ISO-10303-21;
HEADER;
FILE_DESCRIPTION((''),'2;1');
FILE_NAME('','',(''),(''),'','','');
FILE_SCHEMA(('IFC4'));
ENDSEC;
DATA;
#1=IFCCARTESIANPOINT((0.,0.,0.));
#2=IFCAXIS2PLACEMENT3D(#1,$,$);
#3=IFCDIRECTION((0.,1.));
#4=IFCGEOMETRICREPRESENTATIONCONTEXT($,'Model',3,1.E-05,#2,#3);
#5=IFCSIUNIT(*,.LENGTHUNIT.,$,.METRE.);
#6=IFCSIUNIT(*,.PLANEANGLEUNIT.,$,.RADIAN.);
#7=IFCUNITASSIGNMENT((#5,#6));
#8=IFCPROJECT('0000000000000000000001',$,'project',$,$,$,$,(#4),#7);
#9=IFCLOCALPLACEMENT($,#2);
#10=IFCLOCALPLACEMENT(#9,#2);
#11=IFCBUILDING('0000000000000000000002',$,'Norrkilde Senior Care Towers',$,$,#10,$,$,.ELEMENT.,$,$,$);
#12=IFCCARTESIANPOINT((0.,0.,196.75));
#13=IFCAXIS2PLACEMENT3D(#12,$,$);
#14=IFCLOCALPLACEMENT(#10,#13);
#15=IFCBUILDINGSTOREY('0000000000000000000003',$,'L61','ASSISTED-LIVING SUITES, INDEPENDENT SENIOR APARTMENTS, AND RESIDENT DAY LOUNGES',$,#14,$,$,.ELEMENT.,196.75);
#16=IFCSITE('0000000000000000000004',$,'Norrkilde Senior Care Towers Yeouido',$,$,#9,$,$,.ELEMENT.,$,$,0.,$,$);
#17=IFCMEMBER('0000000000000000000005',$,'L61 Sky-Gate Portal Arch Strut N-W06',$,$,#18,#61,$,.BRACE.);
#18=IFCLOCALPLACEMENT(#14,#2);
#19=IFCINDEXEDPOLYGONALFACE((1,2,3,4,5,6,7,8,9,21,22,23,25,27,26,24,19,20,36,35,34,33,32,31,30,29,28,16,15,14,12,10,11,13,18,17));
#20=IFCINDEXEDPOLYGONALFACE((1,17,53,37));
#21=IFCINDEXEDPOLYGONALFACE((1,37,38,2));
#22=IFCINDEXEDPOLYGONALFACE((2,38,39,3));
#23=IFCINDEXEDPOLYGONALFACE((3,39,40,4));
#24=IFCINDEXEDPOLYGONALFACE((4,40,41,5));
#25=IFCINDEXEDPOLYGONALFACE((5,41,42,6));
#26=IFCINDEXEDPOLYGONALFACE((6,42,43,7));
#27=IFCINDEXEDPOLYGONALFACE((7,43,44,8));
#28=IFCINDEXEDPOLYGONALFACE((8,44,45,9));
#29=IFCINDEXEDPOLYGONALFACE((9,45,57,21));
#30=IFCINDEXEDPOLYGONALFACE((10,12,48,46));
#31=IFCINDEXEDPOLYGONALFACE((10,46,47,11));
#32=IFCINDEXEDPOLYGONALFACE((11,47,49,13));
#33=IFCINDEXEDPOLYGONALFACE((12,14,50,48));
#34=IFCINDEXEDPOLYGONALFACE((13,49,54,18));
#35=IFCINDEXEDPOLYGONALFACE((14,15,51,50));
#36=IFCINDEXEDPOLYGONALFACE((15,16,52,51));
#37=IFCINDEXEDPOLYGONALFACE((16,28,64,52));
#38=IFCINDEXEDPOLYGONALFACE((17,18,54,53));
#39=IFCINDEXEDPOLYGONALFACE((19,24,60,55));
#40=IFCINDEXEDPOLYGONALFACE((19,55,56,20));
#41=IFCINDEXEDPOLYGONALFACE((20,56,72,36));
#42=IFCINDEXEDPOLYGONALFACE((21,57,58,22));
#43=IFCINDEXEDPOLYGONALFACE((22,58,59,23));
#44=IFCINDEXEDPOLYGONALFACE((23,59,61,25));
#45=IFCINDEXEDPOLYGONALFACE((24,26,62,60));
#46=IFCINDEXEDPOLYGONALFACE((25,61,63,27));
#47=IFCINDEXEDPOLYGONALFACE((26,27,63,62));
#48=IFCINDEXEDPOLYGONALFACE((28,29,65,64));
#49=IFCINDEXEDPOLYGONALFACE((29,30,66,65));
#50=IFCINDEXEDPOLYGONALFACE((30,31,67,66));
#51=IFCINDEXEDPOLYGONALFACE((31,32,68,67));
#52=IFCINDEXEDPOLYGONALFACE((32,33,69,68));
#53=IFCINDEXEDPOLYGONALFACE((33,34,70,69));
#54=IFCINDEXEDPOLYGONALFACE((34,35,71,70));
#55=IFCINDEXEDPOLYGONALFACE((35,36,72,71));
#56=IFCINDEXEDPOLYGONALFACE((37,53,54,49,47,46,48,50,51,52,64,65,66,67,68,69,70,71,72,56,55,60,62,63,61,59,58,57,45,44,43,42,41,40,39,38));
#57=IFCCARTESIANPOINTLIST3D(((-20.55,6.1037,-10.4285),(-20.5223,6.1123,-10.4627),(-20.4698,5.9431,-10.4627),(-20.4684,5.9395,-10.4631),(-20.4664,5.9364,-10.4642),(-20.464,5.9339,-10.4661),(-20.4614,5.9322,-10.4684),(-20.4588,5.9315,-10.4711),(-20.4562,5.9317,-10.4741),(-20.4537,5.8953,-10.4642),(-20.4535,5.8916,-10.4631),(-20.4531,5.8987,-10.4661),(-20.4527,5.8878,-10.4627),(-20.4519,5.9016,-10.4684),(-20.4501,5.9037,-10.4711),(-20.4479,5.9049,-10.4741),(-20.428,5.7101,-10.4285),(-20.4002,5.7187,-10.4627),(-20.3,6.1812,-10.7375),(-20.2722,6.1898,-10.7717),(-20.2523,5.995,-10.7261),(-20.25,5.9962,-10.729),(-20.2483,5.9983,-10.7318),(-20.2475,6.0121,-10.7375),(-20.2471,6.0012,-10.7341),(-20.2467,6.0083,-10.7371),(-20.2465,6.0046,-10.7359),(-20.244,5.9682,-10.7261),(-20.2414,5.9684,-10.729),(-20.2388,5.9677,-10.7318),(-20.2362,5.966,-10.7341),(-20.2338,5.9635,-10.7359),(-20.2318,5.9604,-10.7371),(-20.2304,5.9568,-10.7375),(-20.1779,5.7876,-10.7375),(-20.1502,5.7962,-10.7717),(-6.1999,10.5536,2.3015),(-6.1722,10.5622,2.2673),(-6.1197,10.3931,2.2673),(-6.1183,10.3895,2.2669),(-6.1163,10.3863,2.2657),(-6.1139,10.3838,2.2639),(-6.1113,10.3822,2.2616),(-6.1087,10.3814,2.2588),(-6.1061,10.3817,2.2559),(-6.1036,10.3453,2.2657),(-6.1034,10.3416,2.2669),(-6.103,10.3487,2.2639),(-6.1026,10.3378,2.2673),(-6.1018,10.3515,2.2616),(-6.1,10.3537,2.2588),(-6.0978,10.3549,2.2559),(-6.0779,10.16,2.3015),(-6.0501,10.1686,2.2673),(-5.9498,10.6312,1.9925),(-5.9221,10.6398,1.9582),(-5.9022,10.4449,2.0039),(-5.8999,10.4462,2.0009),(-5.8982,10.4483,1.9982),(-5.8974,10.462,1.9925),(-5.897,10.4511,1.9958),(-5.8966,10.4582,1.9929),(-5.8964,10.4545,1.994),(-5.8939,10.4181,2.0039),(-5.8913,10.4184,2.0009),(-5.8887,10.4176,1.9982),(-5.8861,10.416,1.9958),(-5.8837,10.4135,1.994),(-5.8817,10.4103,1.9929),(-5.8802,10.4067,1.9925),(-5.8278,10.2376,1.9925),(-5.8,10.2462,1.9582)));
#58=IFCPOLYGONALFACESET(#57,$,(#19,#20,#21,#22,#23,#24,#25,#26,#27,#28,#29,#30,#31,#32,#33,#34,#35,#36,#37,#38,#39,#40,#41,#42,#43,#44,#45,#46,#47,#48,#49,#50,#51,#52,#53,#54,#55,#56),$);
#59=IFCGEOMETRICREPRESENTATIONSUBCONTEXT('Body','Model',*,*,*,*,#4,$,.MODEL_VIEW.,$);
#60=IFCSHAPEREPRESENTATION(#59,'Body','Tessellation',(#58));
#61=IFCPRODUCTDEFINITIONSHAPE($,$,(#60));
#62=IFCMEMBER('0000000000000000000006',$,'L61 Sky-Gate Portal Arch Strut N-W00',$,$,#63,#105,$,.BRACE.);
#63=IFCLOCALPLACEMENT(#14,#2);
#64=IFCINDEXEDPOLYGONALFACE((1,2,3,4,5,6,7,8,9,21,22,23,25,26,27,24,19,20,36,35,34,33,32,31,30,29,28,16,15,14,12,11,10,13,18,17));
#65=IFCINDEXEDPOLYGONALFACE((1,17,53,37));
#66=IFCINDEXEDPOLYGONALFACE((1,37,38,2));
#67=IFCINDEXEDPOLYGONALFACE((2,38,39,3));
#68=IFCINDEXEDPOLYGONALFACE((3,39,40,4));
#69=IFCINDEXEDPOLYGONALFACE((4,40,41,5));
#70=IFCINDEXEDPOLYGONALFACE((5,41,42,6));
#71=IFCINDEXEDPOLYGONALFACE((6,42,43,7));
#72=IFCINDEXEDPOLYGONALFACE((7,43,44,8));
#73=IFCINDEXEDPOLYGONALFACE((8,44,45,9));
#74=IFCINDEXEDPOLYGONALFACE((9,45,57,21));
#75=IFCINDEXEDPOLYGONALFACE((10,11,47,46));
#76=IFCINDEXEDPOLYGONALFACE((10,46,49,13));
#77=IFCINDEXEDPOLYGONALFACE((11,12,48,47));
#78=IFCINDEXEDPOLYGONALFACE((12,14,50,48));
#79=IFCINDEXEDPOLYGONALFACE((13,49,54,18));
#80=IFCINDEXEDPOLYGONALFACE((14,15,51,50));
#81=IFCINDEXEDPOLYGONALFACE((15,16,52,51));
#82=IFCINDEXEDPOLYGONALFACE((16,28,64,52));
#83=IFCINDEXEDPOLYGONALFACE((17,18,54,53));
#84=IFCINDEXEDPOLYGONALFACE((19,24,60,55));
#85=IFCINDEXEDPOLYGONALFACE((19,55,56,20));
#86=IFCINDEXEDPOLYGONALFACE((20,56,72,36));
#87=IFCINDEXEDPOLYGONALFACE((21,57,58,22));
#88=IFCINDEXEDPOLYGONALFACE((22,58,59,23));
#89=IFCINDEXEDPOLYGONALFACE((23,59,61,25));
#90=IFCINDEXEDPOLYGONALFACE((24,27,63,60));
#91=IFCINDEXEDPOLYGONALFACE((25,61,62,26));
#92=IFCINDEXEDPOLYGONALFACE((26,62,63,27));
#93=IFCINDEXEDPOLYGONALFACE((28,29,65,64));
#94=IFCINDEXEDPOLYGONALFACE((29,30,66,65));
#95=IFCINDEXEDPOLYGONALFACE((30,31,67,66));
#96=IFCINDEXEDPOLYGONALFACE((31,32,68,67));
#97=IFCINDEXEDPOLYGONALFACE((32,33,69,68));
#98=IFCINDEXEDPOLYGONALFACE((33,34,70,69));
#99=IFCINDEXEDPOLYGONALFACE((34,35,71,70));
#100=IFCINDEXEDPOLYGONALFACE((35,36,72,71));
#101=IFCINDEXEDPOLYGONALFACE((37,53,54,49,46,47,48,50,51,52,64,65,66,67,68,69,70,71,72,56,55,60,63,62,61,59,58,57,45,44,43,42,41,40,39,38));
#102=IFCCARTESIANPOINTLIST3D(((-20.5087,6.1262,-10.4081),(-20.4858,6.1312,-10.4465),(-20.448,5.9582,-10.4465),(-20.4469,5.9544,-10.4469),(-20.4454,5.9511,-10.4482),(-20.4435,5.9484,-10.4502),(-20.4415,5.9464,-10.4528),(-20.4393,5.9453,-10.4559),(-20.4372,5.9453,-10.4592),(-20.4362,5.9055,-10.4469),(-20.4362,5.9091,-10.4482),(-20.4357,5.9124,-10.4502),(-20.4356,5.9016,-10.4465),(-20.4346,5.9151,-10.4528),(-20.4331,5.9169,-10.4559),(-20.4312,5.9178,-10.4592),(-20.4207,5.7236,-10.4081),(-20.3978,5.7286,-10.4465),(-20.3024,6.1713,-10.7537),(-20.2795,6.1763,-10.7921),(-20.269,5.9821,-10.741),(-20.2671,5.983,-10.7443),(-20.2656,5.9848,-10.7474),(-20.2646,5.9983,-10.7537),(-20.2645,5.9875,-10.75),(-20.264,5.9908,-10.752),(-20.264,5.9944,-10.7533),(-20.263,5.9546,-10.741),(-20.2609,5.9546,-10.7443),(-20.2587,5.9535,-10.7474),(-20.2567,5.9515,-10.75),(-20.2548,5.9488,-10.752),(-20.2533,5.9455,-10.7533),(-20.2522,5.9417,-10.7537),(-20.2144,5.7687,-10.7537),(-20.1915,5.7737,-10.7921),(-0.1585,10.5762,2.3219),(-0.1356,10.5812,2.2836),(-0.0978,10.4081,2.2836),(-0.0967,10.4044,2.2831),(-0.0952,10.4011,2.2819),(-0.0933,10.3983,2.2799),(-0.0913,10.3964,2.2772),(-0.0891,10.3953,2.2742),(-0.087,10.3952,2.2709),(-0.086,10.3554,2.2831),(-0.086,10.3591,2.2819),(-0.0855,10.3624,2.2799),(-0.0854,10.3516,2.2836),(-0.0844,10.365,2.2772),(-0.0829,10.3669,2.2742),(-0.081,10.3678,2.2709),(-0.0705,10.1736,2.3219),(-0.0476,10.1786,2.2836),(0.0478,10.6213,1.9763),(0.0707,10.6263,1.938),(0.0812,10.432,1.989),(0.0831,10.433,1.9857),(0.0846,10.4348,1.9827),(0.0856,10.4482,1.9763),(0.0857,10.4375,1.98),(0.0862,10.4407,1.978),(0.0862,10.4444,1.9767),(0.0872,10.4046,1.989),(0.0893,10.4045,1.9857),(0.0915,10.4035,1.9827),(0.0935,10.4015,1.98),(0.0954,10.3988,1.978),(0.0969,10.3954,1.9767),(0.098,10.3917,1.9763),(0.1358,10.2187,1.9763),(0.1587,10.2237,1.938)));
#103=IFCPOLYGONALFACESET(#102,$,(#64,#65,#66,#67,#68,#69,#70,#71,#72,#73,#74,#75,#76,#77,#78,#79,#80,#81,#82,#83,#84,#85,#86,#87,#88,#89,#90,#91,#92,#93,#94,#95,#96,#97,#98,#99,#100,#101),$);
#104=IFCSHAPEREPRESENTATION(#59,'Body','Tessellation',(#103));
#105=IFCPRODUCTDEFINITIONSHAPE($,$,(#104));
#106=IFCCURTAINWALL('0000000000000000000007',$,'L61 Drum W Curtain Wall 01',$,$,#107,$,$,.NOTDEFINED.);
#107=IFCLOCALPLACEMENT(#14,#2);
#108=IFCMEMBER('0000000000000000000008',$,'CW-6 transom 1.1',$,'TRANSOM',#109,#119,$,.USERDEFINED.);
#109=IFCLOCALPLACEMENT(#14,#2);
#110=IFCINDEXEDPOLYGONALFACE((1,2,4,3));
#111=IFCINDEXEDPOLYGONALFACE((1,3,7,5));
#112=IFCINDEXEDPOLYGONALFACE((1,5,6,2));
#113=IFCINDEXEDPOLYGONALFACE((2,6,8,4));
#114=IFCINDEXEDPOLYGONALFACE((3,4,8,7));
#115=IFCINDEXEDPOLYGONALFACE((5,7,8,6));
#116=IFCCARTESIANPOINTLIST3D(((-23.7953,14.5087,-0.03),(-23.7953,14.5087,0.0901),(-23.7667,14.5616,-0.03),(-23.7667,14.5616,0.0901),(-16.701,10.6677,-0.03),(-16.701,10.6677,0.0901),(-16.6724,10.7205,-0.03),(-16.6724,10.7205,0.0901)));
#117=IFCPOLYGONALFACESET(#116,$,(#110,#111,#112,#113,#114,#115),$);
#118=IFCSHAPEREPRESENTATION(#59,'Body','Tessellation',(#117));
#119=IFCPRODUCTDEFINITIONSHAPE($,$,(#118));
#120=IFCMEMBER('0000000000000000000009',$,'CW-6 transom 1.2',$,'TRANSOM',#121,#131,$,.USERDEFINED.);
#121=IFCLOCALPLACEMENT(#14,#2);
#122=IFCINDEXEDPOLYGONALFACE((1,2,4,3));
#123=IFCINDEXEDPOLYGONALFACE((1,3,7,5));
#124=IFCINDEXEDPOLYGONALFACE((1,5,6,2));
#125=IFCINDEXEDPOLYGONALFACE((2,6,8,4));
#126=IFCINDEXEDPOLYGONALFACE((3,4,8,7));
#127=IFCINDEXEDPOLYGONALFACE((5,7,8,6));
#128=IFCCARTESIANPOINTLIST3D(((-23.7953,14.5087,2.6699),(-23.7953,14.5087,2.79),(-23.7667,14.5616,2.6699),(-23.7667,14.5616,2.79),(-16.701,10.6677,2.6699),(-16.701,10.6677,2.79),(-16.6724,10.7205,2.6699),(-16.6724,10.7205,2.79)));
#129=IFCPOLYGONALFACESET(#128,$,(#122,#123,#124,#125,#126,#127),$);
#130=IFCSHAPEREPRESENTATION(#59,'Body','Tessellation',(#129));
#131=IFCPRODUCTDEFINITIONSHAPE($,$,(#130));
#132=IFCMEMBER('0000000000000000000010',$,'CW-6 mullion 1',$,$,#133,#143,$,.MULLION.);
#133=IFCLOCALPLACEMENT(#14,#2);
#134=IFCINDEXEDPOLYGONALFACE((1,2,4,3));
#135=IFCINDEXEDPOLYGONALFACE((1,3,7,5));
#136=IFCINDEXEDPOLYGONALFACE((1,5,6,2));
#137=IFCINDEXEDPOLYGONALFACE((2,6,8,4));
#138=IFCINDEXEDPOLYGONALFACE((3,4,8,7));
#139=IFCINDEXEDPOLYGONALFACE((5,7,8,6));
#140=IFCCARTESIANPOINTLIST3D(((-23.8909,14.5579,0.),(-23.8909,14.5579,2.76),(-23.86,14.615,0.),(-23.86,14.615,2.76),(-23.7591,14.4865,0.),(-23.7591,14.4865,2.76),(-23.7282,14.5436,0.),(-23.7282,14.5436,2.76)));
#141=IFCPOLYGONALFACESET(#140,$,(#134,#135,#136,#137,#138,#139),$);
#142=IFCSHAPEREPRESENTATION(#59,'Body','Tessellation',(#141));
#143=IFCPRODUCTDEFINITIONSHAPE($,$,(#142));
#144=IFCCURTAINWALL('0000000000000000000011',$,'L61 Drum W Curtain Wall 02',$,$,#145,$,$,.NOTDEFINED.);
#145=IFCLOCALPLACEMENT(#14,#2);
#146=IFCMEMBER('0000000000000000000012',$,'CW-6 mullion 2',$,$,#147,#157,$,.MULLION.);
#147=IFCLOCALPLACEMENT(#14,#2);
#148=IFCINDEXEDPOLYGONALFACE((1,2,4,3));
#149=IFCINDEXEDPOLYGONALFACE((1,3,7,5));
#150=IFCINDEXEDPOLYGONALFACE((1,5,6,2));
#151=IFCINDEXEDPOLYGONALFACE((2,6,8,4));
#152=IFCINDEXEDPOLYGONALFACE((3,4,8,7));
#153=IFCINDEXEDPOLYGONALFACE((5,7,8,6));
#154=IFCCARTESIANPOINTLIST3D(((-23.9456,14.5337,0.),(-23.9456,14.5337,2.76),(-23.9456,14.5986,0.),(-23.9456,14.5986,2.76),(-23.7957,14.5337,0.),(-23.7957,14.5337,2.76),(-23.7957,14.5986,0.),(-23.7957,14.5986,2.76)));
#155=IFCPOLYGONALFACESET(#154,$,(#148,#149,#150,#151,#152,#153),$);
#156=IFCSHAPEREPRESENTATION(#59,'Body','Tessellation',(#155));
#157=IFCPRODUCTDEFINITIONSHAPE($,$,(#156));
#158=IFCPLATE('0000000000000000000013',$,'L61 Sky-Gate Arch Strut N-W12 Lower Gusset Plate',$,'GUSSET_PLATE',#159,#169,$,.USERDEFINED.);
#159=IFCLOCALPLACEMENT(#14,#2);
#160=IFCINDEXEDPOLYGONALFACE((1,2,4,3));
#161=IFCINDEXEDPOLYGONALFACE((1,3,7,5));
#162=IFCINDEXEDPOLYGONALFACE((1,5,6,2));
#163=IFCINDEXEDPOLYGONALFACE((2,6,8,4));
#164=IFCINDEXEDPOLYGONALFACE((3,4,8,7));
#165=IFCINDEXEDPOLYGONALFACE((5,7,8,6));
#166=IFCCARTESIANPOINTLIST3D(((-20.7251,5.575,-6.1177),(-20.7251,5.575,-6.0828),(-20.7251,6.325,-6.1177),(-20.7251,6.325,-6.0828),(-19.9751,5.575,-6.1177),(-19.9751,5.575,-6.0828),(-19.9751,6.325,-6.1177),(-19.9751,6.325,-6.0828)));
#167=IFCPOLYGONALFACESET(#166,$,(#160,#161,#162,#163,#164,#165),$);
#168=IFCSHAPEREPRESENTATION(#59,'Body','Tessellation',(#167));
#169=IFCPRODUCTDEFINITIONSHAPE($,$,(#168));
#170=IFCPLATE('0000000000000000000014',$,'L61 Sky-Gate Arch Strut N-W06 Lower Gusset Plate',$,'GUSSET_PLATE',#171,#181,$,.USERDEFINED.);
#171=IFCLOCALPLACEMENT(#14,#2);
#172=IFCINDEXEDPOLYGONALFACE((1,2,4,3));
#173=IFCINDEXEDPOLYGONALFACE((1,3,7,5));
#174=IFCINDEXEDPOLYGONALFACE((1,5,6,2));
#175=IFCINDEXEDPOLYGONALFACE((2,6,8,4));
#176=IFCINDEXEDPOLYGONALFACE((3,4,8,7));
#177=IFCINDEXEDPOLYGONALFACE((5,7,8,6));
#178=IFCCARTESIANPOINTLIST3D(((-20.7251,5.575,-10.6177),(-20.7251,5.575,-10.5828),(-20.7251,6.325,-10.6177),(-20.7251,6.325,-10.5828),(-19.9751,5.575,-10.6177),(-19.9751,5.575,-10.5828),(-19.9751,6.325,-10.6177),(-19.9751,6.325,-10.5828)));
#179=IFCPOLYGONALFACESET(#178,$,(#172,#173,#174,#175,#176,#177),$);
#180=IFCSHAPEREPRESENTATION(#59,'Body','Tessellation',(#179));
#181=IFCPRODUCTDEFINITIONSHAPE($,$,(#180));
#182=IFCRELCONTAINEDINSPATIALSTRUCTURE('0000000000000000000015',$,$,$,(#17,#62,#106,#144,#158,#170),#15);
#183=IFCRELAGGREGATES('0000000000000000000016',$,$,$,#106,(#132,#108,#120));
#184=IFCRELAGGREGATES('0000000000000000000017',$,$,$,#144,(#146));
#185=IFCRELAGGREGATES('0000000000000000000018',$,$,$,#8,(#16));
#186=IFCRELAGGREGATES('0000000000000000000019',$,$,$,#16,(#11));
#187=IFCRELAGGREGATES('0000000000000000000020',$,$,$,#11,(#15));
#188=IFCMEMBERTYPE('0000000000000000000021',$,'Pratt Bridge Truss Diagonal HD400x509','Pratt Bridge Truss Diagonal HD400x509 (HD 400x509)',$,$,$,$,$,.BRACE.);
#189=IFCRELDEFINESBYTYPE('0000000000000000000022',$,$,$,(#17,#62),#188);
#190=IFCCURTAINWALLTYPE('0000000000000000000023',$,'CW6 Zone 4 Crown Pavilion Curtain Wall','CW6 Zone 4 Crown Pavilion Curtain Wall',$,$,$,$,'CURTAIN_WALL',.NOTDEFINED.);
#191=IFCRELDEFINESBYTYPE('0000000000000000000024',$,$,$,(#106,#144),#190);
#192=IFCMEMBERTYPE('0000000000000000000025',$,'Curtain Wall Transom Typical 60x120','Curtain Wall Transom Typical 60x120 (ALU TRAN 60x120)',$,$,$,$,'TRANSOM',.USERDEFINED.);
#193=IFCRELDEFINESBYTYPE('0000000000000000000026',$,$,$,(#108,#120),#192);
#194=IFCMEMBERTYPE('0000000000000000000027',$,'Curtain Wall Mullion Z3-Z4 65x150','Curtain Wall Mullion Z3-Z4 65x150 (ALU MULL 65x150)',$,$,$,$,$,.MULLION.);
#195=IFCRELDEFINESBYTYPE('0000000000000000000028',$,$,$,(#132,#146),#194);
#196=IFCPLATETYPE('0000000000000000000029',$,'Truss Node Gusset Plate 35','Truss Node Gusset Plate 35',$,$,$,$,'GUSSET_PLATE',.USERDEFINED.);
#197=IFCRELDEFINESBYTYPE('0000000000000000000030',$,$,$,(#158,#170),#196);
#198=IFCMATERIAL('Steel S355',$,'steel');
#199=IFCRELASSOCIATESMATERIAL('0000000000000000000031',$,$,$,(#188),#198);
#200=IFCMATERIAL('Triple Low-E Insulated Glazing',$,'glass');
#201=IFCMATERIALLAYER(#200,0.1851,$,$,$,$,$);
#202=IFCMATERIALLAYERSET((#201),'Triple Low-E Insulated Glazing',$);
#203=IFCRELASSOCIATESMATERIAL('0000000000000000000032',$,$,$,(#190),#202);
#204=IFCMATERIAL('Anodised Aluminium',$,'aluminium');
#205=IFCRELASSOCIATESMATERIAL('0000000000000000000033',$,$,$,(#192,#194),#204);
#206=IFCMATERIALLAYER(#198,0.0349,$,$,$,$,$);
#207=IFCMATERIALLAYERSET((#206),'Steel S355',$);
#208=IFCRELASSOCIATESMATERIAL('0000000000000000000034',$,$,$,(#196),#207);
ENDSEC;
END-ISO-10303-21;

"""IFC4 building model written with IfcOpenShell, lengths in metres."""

from ifc_helpers import new_model, si_unit, direction, frame, origin, origin_2d, place, context, subcontext, project, spatial, rectangle, i_section, extrude, source, transform, mapped, material, layer, layer_set, material_profile, profile_set, type_object, type_shapes, element, aggregate, save


model = new_model("IFC4")

# Units and contexts
model_context = context("Model", 3, precision=1e-05, world=origin(), true_north=direction((0.0, 1.0)))
body_context = subcontext(model_context, "Body", "Model", "MODEL_VIEW")
ifc_project = project(units=[si_unit("LENGTHUNIT", "METRE"), si_unit("PLANEANGLEUNIT", "RADIAN")], contexts=[model_context])

# Site, building, storey
site_placement = place(None, origin())
site = spatial("IfcSite", under=ifc_project, at=site_placement, Name="Norrkilde Senior Care Towers Yeouido", CompositionType="ELEMENT", RefElevation=0.0)
building_placement = place(site_placement, origin())
building = spatial("IfcBuilding", under=site, at=building_placement, Name="Norrkilde Senior Care Towers", CompositionType="ELEMENT")
storey_placement = place(building_placement, frame((0.0, 0.0, 196.75)))
storey = spatial("IfcBuildingStorey", under=building, at=storey_placement, Name="L61", Description="ASSISTED-LIVING SUITES, INDEPENDENT SENIOR APARTMENTS, AND RESIDENT DAY LOUNGES", CompositionType="ELEMENT", Elevation=196.75)

# Shared definitions
ifc_material_1 = material(Name="Steel S355", Category="steel")

# Members
ifc_material_profile_1 = material_profile(ifc_material_1, i_section(OverallWidth=0.4121, OverallDepth=0.45, WebThickness=0.0281, FlangeThickness=0.0449, FilletRadius=0.0149, at=origin_2d()), Name="HD 400x509")
ifc_profile_set_1 = profile_set([ifc_material_profile_1], Name="Steel S355")
member_type_1 = type_object("IfcMemberType", Name="Pratt Bridge Truss Diagonal HD400x509", Description="Pratt Bridge Truss Diagonal HD400x509 (HD 400x509)", PredefinedType="BRACE", material=ifc_profile_set_1)
shared_shape_1 = source(origin(), body_context, "Body", "SweptSolid", [
    extrude(i_section(OverallWidth=0.4121, OverallDepth=0.45, WebThickness=0.0281, FlangeThickness=0.0449, FilletRadius=0.0149, at=origin_2d()), origin(), (0.0, 0.0, 1.0), 19.6921),
])
member_1_placement = place(storey_placement, frame((-20.3501, 5.95, -10.6001), z_axis=(0.728723, 0.225976, 0.64645), x_axis=(-0.296185, 0.955131, 0.0)))
element("IfcMember", 1, at=member_1_placement, inside=storey, type_object=member_type_1, Name="L61 Sky-Gate Portal Arch Strut N-W06", PredefinedType="BRACE", context=body_context, shape_type="MappedRepresentation", body=[
    mapped(shared_shape_1, transform((0.0, 0.0, 0.0), x_axis=(1.0, 0.0, 0.0), y_axis=(0.0, 1.0, 0.0), z_axis=(0.0, 0.0, 1.0), scale=1.0)),
])
shared_shape_2 = source(origin(), body_context, "Body", "SweptSolid", [
    extrude(i_section(OverallWidth=0.4121, OverallDepth=0.45, WebThickness=0.0281, FlangeThickness=0.0449, FilletRadius=0.0149, at=origin_2d()), origin(), (0.0, 0.0, 1.0), 24.4128),
])
member_2_placement = place(storey_placement, frame((-20.3501, 5.95, -10.6001), z_axis=(0.833586, 0.18228, 0.521449), x_axis=(-0.213622, 0.976916, 0.0)))
element("IfcMember", 2, at=member_2_placement, inside=storey, type_object=member_type_1, Name="L61 Sky-Gate Portal Arch Strut N-W00", PredefinedType="BRACE", context=body_context, shape_type="MappedRepresentation", body=[
    mapped(shared_shape_2, transform((0.0, 0.0, 0.0), x_axis=(1.0, 0.0, 0.0), y_axis=(0.0, 1.0, 0.0), z_axis=(0.0, 0.0, 1.0), scale=1.0)),
])

# Curtain wall, members
ifc_material_2 = material(Name="Triple Low-E Insulated Glazing", Category="glass")
ifc_layer_1 = layer(ifc_material_2, 0.1851)
ifc_layer_set_1 = layer_set([ifc_layer_1], Name="Triple Low-E Insulated Glazing")
curtain_wall_type = type_object("IfcCurtainWallType", Name="CW6 Zone 4 Crown Pavilion Curtain Wall", Description="CW6 Zone 4 Crown Pavilion Curtain Wall", ElementType="CURTAIN_WALL", PredefinedType="NOTDEFINED", material=ifc_layer_set_1)
curtain_wall_1_placement = place(storey_placement, origin())
curtain_wall_1 = element("IfcCurtainWall", 3, at=curtain_wall_1_placement, inside=storey, type_object=curtain_wall_type, Name="L61 Drum W Curtain Wall 01", PredefinedType="NOTDEFINED")
ifc_material_3 = material(Name="Anodised Aluminium", Category="aluminium")
ifc_material_profile_2 = material_profile(ifc_material_3, rectangle(XDim=0.0601, YDim=0.1201, at=origin_2d()), Name="ALU TRAN 60x120")
ifc_profile_set_2 = profile_set([ifc_material_profile_2], Name="Anodised Aluminium")
member_type_2 = type_object("IfcMemberType", Name="Curtain Wall Transom Typical 60x120", Description="Curtain Wall Transom Typical 60x120 (ALU TRAN 60x120)", ElementType="TRANSOM", PredefinedType="USERDEFINED", material=ifc_profile_set_2)
shared_shape_3 = source(origin(), body_context, "Body", "SweptSolid", [
    extrude(rectangle(XDim=0.0601, YDim=0.1201, at=origin_2d()), origin(), (0.0, 0.0, 1.0), 8.0674),
])
type_shapes(member_type_2, [shared_shape_3])
member_3_placement = place(storey_placement, frame((-23.781, 14.5352, 0.03), z_axis=(0.879378, -0.476125, 0.0), x_axis=(0.476125, 0.879378, 0.0)))
member_3 = element("IfcMember", 4, at=member_3_placement, type_object=member_type_2, Name="CW-6 transom 1.1", ObjectType="TRANSOM", PredefinedType="USERDEFINED", context=body_context, shape_type="MappedRepresentation", body=[
    mapped(shared_shape_3, transform((0.0, 0.0, 0.0), x_axis=(1.0, 0.0, 0.0), y_axis=(0.0, 1.0, 0.0), z_axis=(0.0, 0.0, 1.0), scale=1.0)),
])
member_4_placement = place(storey_placement, frame((-23.781, 14.5352, 2.73), z_axis=(0.879378, -0.476125, 0.0), x_axis=(0.476125, 0.879378, 0.0)))
member_4 = element("IfcMember", 5, at=member_4_placement, type_object=member_type_2, Name="CW-6 transom 1.2", ObjectType="TRANSOM", PredefinedType="USERDEFINED", context=body_context, shape_type="MappedRepresentation", body=[
    mapped(shared_shape_3, transform((0.0, 0.0, 0.0), x_axis=(1.0, 0.0, 0.0), y_axis=(0.0, 1.0, 0.0), z_axis=(0.0, 0.0, 1.0), scale=1.0)),
])
ifc_material_profile_3 = material_profile(ifc_material_3, rectangle(XDim=0.0649, YDim=0.1499, at=origin_2d()), Name="ALU MULL 65x150")
ifc_profile_set_3 = profile_set([ifc_material_profile_3], Name="Anodised Aluminium")
member_type_3 = type_object("IfcMemberType", Name="Curtain Wall Mullion Z3-Z4 65x150", Description="Curtain Wall Mullion Z3-Z4 65x150 (ALU MULL 65x150)", PredefinedType="MULLION", material=ifc_profile_set_3)
shared_shape_4 = source(origin(), body_context, "Body", "SweptSolid", [
    extrude(rectangle(XDim=0.0649, YDim=0.1499, at=origin_2d()), origin(), (0.0, 0.0, 1.0), 2.76),
])
type_shapes(member_type_3, [shared_shape_4])
member_5_placement = place(storey_placement, frame((-23.8096, 14.5508, 0.0), z_axis=(0.0, 0.0, 1.0), x_axis=(0.476133, 0.879373, 0.0)))
member_5 = element("IfcMember", 6, at=member_5_placement, type_object=member_type_3, Name="CW-6 mullion 1", PredefinedType="MULLION", context=body_context, shape_type="MappedRepresentation", body=[
    mapped(shared_shape_4, transform((0.0, 0.0, 0.0), x_axis=(1.0, 0.0, 0.0), y_axis=(0.0, 1.0, 0.0), z_axis=(0.0, 0.0, 1.0), scale=1.0)),
])

# Curtain wall, member
curtain_wall_2_placement = place(storey_placement, origin())
curtain_wall_2 = element("IfcCurtainWall", 7, at=curtain_wall_2_placement, inside=storey, type_object=curtain_wall_type, Name="L61 Drum W Curtain Wall 02", PredefinedType="NOTDEFINED")
member_6_placement = place(storey_placement, frame((-23.8706, 14.5662, 0.0), z_axis=(0.0, 0.0, 1.0), x_axis=(0.0, 1.0, 0.0)))
member_6 = element("IfcMember", 8, at=member_6_placement, type_object=member_type_3, Name="CW-6 mullion 2", PredefinedType="MULLION", context=body_context, shape_type="MappedRepresentation", body=[
    mapped(shared_shape_4, transform((0.0, 0.0, 0.0), x_axis=(1.0, 0.0, 0.0), y_axis=(0.0, 1.0, 0.0), z_axis=(0.0, 0.0, 1.0), scale=1.0)),
])

# Plates
ifc_layer_2 = layer(ifc_material_1, 0.0349)
ifc_layer_set_2 = layer_set([ifc_layer_2], Name="Steel S355")
plate_type_1 = type_object("IfcPlateType", Name="Truss Node Gusset Plate 35", Description="Truss Node Gusset Plate 35", ElementType="GUSSET_PLATE", PredefinedType="USERDEFINED", material=ifc_layer_set_2)
shared_shape_5 = source(origin(), body_context, "Body", "SweptSolid", [
    extrude(rectangle(XDim=0.75, YDim=0.75, at=origin_2d()), origin(), (0.0, 0.0, 1.0), 0.0349),
])
type_shapes(plate_type_1, [shared_shape_5])
for number, where, z_axis, x_axis, name in (
    (9, (-20.3501, 5.95, -6.1177), (0.0, 0.0, 1.0), (1.0, 0.0, 0.0), "L61 Sky-Gate Arch Strut N-W12 Lower Gusset Plate"),
    (10, (-20.3501, 5.95, -10.6177), (0.0, 0.0, 1.0), (1.0, 0.0, 0.0), "L61 Sky-Gate Arch Strut N-W06 Lower Gusset Plate"),
):
    element("IfcPlate", number, at=place(storey_placement, frame(where, z_axis=z_axis, x_axis=x_axis)), inside=storey, type_object=plate_type_1, Name=name, ObjectType="GUSSET_PLATE", PredefinedType="USERDEFINED", context=body_context, shape_type="MappedRepresentation", body=[
        mapped(shared_shape_5, transform((0.0, 0.0, 0.0), x_axis=(1.0, 0.0, 0.0), y_axis=(0.0, 1.0, 0.0), z_axis=(0.0, 0.0, 1.0), scale=1.0)),
    ])

aggregate(curtain_wall_1, [member_5, member_3, member_4])
aggregate(curtain_wall_2, [member_6])

save(model, "model.ifc")
